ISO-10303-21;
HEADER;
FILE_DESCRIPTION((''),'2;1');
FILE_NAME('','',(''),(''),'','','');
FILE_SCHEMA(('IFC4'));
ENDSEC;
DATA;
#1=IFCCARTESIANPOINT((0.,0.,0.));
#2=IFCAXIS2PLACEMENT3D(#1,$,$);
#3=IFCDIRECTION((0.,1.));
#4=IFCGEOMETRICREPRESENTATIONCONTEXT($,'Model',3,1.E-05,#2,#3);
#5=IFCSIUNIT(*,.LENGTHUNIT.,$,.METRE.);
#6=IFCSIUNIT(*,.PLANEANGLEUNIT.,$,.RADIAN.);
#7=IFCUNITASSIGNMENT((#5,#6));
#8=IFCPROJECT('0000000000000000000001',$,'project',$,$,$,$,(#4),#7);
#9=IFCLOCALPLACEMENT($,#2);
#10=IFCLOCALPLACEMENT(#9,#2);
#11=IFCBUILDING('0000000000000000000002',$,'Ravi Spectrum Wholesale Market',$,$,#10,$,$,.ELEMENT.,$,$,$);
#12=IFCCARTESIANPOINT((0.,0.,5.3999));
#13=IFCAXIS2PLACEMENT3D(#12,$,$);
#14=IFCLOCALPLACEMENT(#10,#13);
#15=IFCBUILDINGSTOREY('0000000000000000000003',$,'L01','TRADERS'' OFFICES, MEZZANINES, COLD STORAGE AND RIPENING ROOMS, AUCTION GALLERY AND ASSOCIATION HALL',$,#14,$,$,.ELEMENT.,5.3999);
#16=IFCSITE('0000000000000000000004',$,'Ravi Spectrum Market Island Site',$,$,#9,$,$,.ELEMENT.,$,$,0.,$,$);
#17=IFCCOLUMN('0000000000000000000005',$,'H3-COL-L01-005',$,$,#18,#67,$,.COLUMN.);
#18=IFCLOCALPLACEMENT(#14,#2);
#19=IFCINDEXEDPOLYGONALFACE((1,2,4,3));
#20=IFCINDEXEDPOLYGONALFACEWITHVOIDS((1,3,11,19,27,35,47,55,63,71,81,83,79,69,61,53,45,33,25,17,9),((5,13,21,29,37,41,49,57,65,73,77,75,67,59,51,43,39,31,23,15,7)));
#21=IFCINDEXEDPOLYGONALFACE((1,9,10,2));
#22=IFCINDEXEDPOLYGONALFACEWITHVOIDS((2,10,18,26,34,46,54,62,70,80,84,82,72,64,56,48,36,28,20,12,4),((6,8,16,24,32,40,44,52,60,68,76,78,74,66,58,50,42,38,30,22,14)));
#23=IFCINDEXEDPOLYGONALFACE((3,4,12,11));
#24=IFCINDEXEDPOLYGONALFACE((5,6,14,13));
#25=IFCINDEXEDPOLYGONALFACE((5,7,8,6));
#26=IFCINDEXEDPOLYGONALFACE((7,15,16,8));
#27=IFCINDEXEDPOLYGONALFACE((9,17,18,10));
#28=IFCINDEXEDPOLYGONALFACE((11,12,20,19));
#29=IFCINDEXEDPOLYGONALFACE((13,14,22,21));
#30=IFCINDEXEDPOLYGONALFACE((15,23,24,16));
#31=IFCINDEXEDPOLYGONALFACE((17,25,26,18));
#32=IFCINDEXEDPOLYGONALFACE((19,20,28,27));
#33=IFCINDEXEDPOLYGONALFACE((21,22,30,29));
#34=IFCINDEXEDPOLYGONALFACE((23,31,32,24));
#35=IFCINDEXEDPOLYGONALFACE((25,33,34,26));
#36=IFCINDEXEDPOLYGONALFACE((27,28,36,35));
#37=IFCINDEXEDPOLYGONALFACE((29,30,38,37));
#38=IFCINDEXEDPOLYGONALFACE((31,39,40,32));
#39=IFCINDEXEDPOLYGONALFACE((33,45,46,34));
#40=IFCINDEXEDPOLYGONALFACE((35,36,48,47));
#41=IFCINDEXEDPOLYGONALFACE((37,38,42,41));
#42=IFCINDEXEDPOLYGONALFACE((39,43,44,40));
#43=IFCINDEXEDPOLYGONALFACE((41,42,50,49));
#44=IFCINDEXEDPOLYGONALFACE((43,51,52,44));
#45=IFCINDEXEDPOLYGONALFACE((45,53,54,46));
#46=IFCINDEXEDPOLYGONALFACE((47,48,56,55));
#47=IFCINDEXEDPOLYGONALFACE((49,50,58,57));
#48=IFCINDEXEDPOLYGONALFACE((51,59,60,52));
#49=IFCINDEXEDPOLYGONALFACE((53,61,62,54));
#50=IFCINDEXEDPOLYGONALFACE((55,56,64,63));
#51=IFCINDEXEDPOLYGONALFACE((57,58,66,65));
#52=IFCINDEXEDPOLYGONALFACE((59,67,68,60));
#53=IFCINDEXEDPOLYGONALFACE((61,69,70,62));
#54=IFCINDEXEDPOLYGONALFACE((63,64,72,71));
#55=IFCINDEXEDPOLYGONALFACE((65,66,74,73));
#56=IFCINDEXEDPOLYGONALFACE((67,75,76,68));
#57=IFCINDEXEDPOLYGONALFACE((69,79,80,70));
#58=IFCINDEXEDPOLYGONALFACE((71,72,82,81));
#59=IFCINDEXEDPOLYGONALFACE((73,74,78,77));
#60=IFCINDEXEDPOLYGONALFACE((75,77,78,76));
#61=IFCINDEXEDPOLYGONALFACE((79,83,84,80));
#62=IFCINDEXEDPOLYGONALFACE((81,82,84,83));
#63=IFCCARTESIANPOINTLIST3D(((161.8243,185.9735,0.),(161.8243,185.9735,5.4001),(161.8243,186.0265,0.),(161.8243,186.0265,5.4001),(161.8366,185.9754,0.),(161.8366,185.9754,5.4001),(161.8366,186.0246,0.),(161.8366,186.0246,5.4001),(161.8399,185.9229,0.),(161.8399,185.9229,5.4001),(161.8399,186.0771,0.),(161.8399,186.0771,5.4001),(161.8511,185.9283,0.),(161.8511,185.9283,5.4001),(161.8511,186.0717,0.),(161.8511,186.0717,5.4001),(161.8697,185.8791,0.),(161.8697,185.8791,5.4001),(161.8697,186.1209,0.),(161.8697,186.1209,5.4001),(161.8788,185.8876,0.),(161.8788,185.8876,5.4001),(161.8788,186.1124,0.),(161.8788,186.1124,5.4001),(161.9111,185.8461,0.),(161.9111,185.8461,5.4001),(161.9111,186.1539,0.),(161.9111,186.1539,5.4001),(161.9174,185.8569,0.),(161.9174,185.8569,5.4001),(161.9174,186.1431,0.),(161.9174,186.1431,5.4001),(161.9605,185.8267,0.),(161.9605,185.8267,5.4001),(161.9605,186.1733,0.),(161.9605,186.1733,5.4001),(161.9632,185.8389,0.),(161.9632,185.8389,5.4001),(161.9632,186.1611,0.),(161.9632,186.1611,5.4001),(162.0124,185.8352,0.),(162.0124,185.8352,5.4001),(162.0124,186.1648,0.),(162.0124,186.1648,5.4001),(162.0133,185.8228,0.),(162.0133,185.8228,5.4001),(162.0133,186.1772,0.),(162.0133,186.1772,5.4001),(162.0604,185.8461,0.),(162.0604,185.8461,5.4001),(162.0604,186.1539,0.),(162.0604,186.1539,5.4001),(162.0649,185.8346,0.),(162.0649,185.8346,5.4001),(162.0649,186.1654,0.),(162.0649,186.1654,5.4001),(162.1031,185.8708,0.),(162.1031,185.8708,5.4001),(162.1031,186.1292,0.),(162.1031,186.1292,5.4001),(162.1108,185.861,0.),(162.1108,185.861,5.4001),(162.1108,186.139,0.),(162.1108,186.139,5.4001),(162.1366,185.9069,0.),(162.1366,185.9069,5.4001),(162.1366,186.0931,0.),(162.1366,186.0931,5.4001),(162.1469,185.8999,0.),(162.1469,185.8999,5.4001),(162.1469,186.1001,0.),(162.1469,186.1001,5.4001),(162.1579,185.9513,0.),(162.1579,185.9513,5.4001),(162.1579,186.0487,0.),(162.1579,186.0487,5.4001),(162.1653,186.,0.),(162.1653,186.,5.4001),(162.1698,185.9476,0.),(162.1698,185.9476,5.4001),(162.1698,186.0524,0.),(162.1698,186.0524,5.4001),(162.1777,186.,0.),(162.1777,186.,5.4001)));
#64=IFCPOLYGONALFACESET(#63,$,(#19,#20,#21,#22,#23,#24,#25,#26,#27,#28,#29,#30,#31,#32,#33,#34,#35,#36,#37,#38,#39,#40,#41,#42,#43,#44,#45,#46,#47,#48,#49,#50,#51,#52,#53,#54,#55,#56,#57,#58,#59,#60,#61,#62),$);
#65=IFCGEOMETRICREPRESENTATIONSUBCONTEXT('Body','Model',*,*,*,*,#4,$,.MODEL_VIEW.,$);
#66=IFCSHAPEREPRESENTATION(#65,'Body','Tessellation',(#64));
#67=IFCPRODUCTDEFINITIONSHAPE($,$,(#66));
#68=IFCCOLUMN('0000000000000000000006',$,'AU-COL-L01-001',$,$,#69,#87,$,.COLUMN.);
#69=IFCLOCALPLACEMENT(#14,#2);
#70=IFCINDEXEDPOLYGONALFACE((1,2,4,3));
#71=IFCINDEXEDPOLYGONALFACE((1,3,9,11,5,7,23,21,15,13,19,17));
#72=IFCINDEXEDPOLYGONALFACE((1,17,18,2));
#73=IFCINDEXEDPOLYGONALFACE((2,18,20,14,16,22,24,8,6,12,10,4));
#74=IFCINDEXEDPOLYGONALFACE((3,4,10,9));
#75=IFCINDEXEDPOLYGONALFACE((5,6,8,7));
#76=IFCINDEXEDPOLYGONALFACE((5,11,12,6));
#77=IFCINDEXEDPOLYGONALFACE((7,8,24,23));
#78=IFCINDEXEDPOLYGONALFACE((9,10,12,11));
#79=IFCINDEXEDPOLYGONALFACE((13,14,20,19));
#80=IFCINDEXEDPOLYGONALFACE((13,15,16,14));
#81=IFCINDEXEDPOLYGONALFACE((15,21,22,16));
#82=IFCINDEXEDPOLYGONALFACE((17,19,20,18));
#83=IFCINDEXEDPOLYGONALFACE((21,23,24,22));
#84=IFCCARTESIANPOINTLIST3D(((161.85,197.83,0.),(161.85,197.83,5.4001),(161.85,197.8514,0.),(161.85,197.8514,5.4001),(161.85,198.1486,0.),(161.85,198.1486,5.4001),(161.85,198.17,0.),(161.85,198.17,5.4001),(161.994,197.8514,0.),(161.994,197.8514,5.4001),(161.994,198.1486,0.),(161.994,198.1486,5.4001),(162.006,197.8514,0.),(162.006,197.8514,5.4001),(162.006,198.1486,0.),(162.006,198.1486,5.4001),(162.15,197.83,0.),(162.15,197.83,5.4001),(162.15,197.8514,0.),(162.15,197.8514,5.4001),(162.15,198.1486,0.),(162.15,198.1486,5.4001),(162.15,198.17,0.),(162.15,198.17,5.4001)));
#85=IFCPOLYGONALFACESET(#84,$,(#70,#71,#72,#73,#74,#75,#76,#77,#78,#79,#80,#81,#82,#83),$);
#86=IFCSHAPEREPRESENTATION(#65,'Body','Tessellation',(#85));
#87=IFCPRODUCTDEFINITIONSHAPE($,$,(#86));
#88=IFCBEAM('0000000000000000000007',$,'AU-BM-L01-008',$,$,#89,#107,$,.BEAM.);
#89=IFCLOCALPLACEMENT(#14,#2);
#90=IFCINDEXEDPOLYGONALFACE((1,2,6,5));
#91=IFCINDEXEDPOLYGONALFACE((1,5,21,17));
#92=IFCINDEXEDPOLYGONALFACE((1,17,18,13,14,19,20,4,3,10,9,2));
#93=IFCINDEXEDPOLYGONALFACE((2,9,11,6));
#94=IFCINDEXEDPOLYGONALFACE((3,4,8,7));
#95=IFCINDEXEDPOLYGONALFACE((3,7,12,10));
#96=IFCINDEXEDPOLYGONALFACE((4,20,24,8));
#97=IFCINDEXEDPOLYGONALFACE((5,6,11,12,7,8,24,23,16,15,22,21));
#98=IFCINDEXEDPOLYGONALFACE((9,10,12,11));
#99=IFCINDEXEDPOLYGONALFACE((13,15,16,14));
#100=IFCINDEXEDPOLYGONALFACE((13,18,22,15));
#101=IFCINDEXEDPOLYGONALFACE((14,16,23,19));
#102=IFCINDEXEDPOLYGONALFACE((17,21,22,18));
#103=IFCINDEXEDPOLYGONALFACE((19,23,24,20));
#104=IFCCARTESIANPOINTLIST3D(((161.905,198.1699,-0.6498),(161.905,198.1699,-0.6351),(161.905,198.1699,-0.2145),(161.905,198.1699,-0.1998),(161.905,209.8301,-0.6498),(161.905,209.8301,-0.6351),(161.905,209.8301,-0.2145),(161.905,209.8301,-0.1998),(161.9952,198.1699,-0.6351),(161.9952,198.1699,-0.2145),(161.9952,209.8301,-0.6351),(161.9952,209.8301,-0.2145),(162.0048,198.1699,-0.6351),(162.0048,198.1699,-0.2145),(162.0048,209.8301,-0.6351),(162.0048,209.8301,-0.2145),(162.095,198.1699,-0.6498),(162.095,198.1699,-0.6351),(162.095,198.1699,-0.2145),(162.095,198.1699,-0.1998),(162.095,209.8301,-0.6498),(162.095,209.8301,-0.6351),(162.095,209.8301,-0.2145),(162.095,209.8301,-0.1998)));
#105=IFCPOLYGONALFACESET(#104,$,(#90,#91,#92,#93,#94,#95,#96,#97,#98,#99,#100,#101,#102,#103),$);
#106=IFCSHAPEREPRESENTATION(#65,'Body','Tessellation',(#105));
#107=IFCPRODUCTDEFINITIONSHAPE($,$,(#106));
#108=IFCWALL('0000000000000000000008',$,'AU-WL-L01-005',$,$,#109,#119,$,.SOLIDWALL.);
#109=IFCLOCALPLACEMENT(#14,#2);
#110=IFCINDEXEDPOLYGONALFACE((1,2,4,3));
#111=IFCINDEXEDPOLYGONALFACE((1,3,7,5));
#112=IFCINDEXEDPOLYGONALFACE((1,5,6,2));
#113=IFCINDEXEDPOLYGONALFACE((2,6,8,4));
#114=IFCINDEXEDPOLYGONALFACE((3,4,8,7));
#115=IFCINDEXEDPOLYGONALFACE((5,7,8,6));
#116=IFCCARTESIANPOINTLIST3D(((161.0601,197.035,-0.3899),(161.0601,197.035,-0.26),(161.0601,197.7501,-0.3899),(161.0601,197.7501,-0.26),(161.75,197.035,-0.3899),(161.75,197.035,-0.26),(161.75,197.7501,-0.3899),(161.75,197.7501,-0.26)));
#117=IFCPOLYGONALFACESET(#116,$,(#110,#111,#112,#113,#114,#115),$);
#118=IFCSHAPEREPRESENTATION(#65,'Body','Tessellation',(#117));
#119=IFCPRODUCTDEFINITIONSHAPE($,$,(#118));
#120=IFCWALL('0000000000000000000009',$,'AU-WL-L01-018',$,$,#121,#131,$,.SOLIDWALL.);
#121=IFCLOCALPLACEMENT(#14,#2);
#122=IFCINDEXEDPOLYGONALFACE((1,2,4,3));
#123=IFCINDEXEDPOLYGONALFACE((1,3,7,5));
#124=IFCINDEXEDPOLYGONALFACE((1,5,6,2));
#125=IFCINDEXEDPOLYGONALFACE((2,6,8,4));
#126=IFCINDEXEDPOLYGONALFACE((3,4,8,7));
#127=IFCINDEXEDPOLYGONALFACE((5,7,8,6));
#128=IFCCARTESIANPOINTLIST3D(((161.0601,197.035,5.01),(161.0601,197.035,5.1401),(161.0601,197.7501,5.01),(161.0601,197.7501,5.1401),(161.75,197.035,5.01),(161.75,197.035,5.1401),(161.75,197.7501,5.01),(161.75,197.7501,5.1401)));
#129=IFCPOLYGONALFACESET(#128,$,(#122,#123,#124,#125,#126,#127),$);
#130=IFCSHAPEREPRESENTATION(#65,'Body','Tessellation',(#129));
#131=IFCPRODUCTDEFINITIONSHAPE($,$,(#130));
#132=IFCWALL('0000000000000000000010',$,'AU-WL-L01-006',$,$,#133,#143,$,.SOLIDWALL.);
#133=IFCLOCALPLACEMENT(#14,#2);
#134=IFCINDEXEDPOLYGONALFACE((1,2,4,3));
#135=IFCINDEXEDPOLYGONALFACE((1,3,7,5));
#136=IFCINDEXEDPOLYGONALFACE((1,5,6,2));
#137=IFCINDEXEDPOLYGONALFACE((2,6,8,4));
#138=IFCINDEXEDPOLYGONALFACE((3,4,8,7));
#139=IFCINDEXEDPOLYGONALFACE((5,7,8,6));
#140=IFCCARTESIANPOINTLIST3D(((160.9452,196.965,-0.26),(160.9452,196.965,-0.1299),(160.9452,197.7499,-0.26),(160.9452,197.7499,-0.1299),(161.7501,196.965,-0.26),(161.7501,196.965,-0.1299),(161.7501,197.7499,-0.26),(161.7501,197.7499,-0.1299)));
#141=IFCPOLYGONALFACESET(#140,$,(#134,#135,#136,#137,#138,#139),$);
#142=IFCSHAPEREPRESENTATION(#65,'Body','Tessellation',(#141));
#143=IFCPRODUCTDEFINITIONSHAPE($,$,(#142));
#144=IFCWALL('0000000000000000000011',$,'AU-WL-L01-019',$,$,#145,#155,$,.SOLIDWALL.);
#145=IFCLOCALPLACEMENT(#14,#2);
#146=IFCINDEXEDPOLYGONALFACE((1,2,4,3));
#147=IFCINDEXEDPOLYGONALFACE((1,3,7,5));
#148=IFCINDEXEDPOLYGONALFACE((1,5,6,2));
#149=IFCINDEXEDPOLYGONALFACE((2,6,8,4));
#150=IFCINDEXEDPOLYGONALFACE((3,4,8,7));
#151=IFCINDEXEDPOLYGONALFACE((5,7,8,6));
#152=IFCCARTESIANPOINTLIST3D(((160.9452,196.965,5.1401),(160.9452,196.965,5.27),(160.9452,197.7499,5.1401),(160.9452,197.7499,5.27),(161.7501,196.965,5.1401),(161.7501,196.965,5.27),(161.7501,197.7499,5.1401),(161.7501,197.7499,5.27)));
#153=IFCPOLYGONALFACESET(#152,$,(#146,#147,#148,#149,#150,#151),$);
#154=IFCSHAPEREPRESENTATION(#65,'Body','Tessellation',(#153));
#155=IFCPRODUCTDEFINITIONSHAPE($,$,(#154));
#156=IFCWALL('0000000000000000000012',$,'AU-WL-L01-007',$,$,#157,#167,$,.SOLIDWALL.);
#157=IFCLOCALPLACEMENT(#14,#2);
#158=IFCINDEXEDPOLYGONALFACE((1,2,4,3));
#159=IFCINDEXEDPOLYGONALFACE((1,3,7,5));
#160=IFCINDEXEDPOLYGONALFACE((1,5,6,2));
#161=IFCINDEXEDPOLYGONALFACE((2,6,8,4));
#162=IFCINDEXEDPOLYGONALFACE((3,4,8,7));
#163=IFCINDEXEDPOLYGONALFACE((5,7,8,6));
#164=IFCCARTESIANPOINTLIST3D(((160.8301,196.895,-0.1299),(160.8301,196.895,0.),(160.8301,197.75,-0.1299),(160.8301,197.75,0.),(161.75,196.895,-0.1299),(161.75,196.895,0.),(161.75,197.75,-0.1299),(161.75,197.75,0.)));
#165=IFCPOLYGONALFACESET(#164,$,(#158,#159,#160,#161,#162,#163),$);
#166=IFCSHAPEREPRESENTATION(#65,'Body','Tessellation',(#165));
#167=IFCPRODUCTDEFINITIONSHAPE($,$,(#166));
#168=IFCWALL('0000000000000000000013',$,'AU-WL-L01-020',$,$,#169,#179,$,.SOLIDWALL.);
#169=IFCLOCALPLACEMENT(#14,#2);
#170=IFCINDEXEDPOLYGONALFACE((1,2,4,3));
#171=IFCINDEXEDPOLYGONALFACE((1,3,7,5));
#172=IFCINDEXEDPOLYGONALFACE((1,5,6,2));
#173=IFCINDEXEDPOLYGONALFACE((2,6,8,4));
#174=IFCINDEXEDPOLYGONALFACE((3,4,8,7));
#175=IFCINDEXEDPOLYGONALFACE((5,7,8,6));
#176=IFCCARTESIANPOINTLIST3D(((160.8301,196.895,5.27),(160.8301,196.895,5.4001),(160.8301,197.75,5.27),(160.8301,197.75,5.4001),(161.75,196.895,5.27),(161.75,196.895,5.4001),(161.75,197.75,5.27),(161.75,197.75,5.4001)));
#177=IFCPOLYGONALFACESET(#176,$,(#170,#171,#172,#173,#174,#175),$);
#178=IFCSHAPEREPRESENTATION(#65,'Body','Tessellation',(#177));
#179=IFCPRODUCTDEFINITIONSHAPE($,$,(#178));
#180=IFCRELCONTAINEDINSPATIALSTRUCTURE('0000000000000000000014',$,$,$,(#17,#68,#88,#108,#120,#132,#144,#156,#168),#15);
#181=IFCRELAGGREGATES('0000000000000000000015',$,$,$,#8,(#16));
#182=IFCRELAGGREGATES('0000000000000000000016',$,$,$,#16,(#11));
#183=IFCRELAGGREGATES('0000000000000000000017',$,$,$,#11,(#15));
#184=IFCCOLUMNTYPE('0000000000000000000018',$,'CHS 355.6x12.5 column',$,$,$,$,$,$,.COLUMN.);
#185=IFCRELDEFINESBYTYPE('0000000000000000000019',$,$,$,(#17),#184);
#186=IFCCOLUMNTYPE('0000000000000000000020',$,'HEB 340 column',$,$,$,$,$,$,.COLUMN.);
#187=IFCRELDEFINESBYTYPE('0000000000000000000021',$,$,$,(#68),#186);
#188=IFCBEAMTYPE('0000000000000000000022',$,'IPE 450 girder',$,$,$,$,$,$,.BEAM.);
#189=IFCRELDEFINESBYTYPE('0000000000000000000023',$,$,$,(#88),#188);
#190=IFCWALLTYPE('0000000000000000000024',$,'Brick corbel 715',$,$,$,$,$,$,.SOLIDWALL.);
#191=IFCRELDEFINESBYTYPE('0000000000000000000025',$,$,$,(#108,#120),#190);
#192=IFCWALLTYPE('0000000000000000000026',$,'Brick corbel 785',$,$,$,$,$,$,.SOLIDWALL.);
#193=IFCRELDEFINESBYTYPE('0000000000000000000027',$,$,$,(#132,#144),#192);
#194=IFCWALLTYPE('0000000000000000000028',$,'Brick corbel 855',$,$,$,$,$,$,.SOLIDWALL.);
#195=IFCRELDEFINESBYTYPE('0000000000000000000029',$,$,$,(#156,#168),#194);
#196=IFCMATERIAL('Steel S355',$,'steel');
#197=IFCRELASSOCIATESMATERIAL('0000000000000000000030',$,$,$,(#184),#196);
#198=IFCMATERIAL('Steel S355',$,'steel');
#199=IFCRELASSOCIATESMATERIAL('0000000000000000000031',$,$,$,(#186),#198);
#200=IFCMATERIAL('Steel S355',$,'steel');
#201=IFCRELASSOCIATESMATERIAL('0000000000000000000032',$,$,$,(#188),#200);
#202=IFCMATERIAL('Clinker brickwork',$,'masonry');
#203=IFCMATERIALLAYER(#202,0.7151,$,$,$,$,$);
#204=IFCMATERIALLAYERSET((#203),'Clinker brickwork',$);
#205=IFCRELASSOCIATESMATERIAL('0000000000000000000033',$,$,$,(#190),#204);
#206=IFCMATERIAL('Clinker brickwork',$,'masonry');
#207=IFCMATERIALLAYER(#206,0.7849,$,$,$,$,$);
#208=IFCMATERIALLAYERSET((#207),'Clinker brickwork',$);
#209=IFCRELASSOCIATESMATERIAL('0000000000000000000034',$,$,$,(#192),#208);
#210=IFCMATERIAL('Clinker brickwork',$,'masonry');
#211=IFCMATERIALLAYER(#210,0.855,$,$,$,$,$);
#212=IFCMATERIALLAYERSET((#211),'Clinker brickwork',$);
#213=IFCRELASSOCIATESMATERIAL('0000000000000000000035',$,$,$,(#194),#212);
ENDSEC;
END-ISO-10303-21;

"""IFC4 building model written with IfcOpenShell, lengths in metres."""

from ifc_helpers import new_model, si_unit, direction, frame, frame_2d, origin, origin_2d, place, context, subcontext, project, spatial, rectangle, hollow_circle, i_section, extrude, material, layer, layer_set, material_profile, profile_set, type_object, element, save


model = new_model("IFC4")

# Units and contexts
model_context = context("Model", 3, precision=1e-05, world=origin(), true_north=direction((0.0, 1.0)))
body_context = subcontext(model_context, "Body", "Model", "MODEL_VIEW")
ifc_project = project(units=[si_unit("LENGTHUNIT", "METRE"), si_unit("PLANEANGLEUNIT", "RADIAN")], contexts=[model_context])

# Site, building, storey
site_placement = place(None, origin())
site = spatial("IfcSite", under=ifc_project, at=site_placement, Name="Ravi Spectrum Market Island Site", CompositionType="ELEMENT", RefElevation=0.0)
building_placement = place(site_placement, origin())
building = spatial("IfcBuilding", under=site, at=building_placement, Name="Ravi Spectrum Wholesale Market", CompositionType="ELEMENT")
storey_placement = place(building_placement, frame((0.0, 0.0, 5.3999)))
storey = spatial("IfcBuildingStorey", under=building, at=storey_placement, Name="L01", Description="TRADERS' OFFICES, MEZZANINES, COLD STORAGE AND RIPENING ROOMS, AUCTION GALLERY AND ASSOCIATION HALL", CompositionType="ELEMENT", Elevation=5.3999)

# Columns
ifc_material_1 = material(Name="Steel S355", Category="steel")
ifc_material_profile_1 = material_profile(ifc_material_1, hollow_circle(Radius=0.1777, WallThickness=0.0125, at=origin_2d()))
ifc_profile_set_1 = profile_set([ifc_material_profile_1], Name="Steel S355")
column_type_1 = type_object("IfcColumnType", Name="CHS 355.6x12.5 column", PredefinedType="COLUMN", material=ifc_profile_set_1)
column_1_placement = place(storey_placement, frame((162.0, 186.0, 0.0), z_axis=(0.0, 0.0, 1.0), x_axis=(1.0, 0.0, 0.0)))
element("IfcColumn", 1, at=column_1_placement, inside=storey, type_object=column_type_1, Name="H3-COL-L01-005", PredefinedType="COLUMN", context=body_context, shape_type="SweptSolid", body=[
    extrude(hollow_circle(Radius=0.1777, WallThickness=0.0125, at=origin_2d()), origin(), (0.0, 0.0, 1.0), 5.4001),
])
ifc_material_2 = material(Name="Steel S355", Category="steel")
ifc_material_profile_2 = material_profile(ifc_material_2, i_section(OverallWidth=0.3, OverallDepth=0.3401, WebThickness=0.012, FlangeThickness=0.0215, at=origin_2d()))
ifc_profile_set_2 = profile_set([ifc_material_profile_2], Name="Steel S355")
column_type_2 = type_object("IfcColumnType", Name="HEB 340 column", PredefinedType="COLUMN", material=ifc_profile_set_2)
column_2_placement = place(storey_placement, frame((162.0, 198.0, 0.0), z_axis=(0.0, 0.0, 1.0), x_axis=(1.0, 0.0, 0.0)))
element("IfcColumn", 2, at=column_2_placement, inside=storey, type_object=column_type_2, Name="AU-COL-L01-001", PredefinedType="COLUMN", context=body_context, shape_type="SweptSolid", body=[
    extrude(i_section(OverallWidth=0.3, OverallDepth=0.3401, WebThickness=0.012, FlangeThickness=0.0215, at=origin_2d()), origin(), (0.0, 0.0, 1.0), 5.4001),
])

# Beam
ifc_material_3 = material(Name="Steel S355", Category="steel")
ifc_material_profile_3 = material_profile(ifc_material_3, i_section(OverallWidth=0.1899, OverallDepth=0.45, WebThickness=0.0095, FlangeThickness=0.0146, at=origin_2d()))
ifc_profile_set_3 = profile_set([ifc_material_profile_3], Name="Steel S355")
beam_type = type_object("IfcBeamType", Name="IPE 450 girder", PredefinedType="BEAM", material=ifc_profile_set_3)
beam_placement = place(storey_placement, frame((162.0, 198.1699, -0.4248), z_axis=(0.0, 1.0, 0.0), x_axis=(-1.0, 0.0, 0.0)))
element("IfcBeam", 3, at=beam_placement, inside=storey, type_object=beam_type, Name="AU-BM-L01-008", PredefinedType="BEAM", context=body_context, shape_type="SweptSolid", body=[
    extrude(i_section(OverallWidth=0.1899, OverallDepth=0.45, WebThickness=0.0095, FlangeThickness=0.0146, at=origin_2d()), origin(), (0.0, 0.0, 1.0), 11.6602),
])

# Walls
ifc_material_4 = material(Name="Clinker brickwork", Category="masonry")
ifc_layer_1 = layer(ifc_material_4, 0.7151)
ifc_layer_set_1 = layer_set([ifc_layer_1], Name="Clinker brickwork")
wall_type_1 = type_object("IfcWallType", Name="Brick corbel 715", PredefinedType="SOLIDWALL", material=ifc_layer_set_1)
wall_1_placement = place(storey_placement, frame((161.75, 197.3926, -0.3899), z_axis=(0.0, 0.0, 1.0), x_axis=(-1.0, 0.0, 0.0)))
element("IfcWall", 4, at=wall_1_placement, inside=storey, type_object=wall_type_1, Name="AU-WL-L01-005", PredefinedType="SOLIDWALL", context=body_context, shape_type="SweptSolid", body=[
    extrude(rectangle(XDim=0.6899, YDim=0.7151, at=frame_2d((0.345, 0.0))), origin(), (0.0, 0.0, 1.0), 0.1299),
])
wall_2_placement = place(storey_placement, frame((161.75, 197.3926, 5.01), z_axis=(0.0, 0.0, 1.0), x_axis=(-1.0, 0.0, 0.0)))
element("IfcWall", 5, at=wall_2_placement, inside=storey, type_object=wall_type_1, Name="AU-WL-L01-018", PredefinedType="SOLIDWALL", context=body_context, shape_type="SweptSolid", body=[
    extrude(rectangle(XDim=0.6899, YDim=0.7151, at=frame_2d((0.345, 0.0))), origin(), (0.0, 0.0, 1.0), 0.1301),
])
ifc_material_5 = material(Name="Clinker brickwork", Category="masonry")
ifc_layer_2 = layer(ifc_material_5, 0.7849)
ifc_layer_set_2 = layer_set([ifc_layer_2], Name="Clinker brickwork")
wall_type_2 = type_object("IfcWallType", Name="Brick corbel 785", PredefinedType="SOLIDWALL", material=ifc_layer_set_2)
wall_3_placement = place(storey_placement, frame((161.75, 197.3574, -0.26), z_axis=(0.0, 0.0, 1.0), x_axis=(-1.0, 0.0, 0.0)))
element("IfcWall", 6, at=wall_3_placement, inside=storey, type_object=wall_type_2, Name="AU-WL-L01-006", PredefinedType="SOLIDWALL", context=body_context, shape_type="SweptSolid", body=[
    extrude(rectangle(XDim=0.8049, YDim=0.7849, at=frame_2d((0.4023, 0.0))), origin(), (0.0, 0.0, 1.0), 0.1301),
])
wall_4_placement = place(storey_placement, frame((161.75, 197.3574, 5.1401), z_axis=(0.0, 0.0, 1.0), x_axis=(-1.0, 0.0, 0.0)))
element("IfcWall", 7, at=wall_4_placement, inside=storey, type_object=wall_type_2, Name="AU-WL-L01-019", PredefinedType="SOLIDWALL", context=body_context, shape_type="SweptSolid", body=[
    extrude(rectangle(XDim=0.8049, YDim=0.7849, at=frame_2d((0.4023, 0.0))), origin(), (0.0, 0.0, 1.0), 0.1299),
])
ifc_material_6 = material(Name="Clinker brickwork", Category="masonry")
ifc_layer_3 = layer(ifc_material_6, 0.855)
ifc_layer_set_3 = layer_set([ifc_layer_3], Name="Clinker brickwork")
wall_type_3 = type_object("IfcWallType", Name="Brick corbel 855", PredefinedType="SOLIDWALL", material=ifc_layer_set_3)
wall_5_placement = place(storey_placement, frame((161.75, 197.3225, -0.1299), z_axis=(0.0, 0.0, 1.0), x_axis=(-1.0, 0.0, 0.0)))
element("IfcWall", 8, at=wall_5_placement, inside=storey, type_object=wall_type_3, Name="AU-WL-L01-007", PredefinedType="SOLIDWALL", context=body_context, shape_type="SweptSolid", body=[
    extrude(rectangle(XDim=0.9199, YDim=0.855, at=frame_2d((0.46, 0.0))), origin(), (0.0, 0.0, 1.0), 0.1299),
])
wall_6_placement = place(storey_placement, frame((161.75, 197.3225, 5.27), z_axis=(0.0, 0.0, 1.0), x_axis=(-1.0, 0.0, 0.0)))
element("IfcWall", 9, at=wall_6_placement, inside=storey, type_object=wall_type_3, Name="AU-WL-L01-020", PredefinedType="SOLIDWALL", context=body_context, shape_type="SweptSolid", body=[
    extrude(rectangle(XDim=0.9199, YDim=0.855, at=frame_2d((0.46, 0.0))), origin(), (0.0, 0.0, 1.0), 0.1301),
])

save(model, "model.ifc")
